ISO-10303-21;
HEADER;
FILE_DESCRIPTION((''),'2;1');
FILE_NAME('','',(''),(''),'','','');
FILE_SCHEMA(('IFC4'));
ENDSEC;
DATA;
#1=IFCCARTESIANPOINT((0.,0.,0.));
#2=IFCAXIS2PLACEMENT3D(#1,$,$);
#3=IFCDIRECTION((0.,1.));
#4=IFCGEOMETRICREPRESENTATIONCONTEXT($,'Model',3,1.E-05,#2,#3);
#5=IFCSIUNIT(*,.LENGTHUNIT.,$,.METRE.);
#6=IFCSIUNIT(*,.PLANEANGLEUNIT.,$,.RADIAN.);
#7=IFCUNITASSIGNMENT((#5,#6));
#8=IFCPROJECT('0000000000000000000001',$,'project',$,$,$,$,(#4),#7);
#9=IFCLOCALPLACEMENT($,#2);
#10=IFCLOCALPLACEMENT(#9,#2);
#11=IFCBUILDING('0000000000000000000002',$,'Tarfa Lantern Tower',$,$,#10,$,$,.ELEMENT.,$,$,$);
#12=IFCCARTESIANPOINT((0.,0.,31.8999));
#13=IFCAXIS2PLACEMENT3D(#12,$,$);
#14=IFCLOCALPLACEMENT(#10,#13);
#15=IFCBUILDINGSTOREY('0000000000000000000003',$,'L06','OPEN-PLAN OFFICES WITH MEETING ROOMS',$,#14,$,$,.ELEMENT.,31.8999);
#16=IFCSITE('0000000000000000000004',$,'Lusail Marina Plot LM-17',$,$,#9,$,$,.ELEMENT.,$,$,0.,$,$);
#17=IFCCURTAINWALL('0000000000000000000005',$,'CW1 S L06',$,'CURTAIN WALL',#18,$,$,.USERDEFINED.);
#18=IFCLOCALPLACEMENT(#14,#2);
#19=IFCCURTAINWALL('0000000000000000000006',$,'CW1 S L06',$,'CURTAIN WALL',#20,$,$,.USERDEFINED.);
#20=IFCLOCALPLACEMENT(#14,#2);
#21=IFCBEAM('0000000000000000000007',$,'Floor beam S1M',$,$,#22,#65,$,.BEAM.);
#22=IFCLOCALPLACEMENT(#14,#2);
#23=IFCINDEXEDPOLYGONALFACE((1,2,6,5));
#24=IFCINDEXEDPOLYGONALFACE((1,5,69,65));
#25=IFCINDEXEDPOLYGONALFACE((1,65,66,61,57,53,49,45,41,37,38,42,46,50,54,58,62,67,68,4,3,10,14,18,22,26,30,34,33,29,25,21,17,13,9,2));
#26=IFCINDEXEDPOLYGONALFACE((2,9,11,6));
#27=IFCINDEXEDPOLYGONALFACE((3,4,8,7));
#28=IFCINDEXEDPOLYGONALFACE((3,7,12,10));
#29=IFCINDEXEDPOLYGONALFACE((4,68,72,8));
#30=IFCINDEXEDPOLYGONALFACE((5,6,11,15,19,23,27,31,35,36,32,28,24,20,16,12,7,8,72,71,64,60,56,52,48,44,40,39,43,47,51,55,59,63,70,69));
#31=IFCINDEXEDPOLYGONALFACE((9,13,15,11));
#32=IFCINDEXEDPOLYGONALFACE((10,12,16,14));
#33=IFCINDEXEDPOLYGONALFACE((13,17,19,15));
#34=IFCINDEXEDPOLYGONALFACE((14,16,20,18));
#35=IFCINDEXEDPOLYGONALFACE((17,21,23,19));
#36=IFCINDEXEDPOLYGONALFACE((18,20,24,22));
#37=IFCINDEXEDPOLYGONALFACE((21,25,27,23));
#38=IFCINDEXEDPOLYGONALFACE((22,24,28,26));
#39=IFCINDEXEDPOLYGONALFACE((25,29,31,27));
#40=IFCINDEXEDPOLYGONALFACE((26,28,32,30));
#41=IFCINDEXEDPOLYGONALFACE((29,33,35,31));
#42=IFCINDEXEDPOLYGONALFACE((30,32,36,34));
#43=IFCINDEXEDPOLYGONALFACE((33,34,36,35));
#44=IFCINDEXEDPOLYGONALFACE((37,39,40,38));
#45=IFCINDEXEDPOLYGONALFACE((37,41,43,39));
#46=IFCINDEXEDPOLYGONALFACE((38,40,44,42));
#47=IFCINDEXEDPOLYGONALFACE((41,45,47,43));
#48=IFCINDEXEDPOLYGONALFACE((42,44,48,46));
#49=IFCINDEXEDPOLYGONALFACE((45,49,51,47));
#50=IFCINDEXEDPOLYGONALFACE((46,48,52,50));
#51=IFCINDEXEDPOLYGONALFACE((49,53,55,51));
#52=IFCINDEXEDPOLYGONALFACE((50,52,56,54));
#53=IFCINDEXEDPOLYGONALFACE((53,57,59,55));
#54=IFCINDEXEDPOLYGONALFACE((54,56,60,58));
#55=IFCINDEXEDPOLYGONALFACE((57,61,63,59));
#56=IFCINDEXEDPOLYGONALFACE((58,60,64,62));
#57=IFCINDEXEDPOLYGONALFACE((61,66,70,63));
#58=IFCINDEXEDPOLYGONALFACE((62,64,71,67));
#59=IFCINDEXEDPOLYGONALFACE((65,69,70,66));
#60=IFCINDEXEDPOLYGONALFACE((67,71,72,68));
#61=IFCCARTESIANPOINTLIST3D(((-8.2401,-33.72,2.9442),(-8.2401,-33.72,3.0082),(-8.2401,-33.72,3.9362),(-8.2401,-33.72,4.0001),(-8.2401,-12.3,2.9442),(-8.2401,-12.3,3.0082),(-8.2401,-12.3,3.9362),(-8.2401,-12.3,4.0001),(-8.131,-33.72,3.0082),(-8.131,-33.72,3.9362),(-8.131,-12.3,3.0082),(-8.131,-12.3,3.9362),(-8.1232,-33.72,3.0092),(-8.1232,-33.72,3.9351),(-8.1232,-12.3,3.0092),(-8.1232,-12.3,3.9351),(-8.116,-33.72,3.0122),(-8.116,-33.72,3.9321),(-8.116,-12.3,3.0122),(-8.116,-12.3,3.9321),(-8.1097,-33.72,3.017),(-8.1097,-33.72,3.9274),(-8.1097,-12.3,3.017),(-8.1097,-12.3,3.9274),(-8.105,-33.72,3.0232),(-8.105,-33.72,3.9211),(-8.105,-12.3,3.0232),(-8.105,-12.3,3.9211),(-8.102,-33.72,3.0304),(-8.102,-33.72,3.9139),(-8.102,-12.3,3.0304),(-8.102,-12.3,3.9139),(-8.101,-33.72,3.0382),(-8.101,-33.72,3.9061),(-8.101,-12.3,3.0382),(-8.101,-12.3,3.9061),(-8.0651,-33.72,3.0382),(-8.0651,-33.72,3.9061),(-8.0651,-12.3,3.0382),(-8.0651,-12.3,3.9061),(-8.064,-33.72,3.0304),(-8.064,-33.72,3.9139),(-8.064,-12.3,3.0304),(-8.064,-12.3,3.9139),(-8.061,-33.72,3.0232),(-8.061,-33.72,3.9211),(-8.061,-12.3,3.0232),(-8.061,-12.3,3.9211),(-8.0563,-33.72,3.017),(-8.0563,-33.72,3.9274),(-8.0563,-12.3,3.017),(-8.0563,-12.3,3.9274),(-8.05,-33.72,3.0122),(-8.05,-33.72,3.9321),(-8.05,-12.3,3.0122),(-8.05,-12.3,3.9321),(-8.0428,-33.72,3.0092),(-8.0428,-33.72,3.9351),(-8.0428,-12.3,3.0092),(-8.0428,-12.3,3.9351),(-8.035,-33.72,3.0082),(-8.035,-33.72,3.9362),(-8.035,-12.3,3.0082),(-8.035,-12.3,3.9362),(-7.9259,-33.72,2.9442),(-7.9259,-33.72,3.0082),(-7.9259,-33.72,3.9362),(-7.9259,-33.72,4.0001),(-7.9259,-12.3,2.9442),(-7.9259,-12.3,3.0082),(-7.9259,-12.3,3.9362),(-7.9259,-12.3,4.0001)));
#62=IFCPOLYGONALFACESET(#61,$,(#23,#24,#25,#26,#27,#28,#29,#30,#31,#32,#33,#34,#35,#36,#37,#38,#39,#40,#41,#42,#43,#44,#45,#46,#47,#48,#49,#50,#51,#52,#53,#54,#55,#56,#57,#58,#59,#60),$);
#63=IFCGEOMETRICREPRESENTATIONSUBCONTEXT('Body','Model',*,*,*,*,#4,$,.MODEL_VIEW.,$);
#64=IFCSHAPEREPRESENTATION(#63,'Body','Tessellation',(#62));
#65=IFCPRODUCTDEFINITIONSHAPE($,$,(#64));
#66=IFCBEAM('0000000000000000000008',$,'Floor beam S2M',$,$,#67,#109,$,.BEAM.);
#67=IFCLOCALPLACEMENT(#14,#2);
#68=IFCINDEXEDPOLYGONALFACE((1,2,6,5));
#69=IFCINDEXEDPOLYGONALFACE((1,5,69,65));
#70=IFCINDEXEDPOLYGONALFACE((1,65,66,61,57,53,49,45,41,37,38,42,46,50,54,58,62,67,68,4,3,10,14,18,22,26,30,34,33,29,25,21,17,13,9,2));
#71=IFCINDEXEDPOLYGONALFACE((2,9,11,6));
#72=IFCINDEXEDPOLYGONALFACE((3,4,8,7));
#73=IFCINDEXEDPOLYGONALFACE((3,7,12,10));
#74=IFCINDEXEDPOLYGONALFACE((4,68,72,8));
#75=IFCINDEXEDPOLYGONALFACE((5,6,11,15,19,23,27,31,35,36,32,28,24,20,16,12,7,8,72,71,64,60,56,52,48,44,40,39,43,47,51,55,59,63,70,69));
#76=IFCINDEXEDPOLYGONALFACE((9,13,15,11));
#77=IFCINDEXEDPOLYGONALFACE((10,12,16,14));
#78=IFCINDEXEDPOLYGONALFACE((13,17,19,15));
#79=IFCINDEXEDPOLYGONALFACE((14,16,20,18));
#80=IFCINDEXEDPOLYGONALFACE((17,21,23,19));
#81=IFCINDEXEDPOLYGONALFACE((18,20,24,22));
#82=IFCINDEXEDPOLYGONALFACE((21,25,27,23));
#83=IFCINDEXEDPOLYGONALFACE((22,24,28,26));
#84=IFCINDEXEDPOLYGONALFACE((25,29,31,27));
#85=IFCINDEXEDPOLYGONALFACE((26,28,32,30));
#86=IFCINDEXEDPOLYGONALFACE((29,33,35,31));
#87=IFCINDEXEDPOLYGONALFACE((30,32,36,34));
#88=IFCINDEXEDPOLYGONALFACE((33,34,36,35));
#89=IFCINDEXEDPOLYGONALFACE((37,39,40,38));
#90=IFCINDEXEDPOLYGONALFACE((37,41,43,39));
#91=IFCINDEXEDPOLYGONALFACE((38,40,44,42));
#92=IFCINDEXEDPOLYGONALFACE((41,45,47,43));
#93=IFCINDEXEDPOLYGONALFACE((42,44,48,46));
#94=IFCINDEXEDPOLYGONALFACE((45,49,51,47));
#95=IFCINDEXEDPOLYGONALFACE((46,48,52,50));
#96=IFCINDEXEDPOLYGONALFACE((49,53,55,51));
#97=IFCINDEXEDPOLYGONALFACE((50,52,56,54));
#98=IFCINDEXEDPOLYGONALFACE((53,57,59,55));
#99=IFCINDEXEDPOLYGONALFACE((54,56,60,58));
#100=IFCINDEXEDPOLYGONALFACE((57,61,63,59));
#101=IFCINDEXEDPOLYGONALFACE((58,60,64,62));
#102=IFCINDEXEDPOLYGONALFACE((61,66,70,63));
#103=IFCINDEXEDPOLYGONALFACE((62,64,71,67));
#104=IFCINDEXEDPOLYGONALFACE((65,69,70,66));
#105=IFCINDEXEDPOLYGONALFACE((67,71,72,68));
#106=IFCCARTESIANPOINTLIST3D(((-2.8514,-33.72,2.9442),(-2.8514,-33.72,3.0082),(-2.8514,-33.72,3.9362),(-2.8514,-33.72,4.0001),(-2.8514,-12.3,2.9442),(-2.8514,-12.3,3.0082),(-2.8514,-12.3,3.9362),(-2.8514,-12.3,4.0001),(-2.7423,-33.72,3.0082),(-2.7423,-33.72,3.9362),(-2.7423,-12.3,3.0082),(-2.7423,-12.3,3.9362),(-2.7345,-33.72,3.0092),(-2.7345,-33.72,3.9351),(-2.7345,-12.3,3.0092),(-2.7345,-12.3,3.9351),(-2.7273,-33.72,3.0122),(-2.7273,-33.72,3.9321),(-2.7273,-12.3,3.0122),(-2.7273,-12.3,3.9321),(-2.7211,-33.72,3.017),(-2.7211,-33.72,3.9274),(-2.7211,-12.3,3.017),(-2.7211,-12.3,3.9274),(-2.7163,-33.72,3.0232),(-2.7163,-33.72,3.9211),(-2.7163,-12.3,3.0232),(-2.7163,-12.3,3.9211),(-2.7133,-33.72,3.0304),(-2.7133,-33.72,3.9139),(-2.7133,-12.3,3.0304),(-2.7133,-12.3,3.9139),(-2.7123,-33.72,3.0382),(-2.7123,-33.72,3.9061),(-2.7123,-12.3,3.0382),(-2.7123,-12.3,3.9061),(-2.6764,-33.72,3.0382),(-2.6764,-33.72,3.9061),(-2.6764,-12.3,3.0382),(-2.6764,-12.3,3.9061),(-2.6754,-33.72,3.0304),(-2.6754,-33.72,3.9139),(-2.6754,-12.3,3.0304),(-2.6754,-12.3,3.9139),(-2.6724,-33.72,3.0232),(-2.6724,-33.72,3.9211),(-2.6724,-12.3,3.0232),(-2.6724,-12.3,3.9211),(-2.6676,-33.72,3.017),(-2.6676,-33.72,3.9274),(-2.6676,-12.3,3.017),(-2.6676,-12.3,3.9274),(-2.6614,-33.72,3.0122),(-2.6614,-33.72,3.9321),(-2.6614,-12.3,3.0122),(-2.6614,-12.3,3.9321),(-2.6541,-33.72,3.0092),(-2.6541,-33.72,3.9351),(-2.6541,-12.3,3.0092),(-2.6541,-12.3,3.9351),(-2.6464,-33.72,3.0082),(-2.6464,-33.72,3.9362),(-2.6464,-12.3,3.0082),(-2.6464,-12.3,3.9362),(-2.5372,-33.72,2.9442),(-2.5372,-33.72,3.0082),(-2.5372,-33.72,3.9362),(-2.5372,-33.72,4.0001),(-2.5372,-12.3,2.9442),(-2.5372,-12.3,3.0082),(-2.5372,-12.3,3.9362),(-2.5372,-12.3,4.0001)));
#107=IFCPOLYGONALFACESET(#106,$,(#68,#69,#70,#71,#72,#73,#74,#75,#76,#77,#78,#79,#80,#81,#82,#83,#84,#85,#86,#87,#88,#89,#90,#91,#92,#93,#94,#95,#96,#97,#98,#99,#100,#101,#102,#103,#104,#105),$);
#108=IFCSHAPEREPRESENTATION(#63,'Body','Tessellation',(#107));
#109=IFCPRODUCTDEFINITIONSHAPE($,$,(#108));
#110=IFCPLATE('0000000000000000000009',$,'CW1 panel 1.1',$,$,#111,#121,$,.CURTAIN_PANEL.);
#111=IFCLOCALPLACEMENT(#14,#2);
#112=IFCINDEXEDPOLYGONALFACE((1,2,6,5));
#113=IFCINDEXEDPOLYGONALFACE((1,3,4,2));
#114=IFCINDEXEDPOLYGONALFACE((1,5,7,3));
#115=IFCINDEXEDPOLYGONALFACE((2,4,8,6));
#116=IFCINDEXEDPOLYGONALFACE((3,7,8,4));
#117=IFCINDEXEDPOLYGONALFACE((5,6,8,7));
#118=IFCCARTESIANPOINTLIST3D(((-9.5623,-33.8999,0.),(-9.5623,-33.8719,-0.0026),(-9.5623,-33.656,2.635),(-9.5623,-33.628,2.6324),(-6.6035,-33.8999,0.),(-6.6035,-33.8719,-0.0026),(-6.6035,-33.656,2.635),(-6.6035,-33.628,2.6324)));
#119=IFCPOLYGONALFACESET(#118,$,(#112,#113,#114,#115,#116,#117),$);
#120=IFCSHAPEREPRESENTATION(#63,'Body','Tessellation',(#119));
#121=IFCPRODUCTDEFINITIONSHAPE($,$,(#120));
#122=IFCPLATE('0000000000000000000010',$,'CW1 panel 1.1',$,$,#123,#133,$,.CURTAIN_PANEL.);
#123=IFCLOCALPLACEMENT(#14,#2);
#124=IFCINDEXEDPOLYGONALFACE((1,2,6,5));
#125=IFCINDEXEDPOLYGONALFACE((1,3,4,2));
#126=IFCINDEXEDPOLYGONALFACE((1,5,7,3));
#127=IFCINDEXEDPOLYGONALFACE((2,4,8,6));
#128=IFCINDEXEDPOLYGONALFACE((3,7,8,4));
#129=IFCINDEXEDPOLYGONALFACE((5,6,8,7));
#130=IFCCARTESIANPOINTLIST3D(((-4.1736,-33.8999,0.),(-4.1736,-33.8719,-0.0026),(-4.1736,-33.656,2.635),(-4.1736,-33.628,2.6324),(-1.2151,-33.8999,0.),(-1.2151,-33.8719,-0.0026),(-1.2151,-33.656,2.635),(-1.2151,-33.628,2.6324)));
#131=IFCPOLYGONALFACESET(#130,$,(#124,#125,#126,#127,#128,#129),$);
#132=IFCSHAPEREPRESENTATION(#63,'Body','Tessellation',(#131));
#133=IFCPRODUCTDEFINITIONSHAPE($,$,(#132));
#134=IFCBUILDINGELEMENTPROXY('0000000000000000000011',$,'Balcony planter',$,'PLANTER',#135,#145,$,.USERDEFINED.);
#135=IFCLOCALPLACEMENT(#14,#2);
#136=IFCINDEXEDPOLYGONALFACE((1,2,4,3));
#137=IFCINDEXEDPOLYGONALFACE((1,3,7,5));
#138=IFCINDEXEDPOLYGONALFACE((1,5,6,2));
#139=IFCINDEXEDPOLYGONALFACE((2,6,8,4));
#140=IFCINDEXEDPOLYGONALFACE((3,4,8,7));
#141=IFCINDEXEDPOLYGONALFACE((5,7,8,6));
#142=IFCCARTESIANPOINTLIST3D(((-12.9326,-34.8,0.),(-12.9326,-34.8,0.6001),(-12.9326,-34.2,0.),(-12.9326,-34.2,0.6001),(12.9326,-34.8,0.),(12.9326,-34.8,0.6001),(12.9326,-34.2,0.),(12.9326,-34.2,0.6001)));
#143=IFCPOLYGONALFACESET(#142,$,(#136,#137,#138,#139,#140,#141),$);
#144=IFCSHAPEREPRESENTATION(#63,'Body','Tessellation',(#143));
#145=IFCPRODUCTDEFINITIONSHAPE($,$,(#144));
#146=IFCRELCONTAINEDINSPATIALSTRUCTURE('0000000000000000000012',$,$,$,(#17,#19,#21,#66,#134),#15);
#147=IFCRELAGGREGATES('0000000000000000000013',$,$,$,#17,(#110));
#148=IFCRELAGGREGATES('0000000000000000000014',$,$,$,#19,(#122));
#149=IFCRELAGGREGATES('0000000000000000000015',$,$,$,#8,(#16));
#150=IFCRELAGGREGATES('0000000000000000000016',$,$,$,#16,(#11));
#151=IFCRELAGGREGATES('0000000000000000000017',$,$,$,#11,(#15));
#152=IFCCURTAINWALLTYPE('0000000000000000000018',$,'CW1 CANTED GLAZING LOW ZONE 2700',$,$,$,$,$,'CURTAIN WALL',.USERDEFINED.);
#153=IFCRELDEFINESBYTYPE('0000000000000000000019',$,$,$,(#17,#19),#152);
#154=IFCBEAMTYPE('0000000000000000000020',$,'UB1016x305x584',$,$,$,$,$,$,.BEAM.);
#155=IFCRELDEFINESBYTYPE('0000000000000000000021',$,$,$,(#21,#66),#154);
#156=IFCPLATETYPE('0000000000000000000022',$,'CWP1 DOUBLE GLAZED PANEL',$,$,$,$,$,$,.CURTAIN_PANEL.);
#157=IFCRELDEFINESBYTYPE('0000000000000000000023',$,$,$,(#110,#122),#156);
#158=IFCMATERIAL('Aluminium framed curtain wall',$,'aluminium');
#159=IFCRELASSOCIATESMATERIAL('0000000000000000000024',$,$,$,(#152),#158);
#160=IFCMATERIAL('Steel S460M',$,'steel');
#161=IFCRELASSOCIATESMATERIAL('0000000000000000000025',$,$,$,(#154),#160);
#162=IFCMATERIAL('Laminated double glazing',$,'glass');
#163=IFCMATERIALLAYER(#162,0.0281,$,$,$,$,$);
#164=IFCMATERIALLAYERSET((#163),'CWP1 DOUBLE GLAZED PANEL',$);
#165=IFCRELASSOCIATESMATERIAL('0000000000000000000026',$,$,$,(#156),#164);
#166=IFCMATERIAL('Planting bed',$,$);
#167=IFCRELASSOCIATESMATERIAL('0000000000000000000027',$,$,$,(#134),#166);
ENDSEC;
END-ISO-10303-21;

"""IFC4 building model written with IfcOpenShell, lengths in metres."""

from ifc_helpers import new_model, si_unit, direction, frame, origin, origin_2d, place, context, subcontext, project, spatial, polyline, rectangle, i_section, outline, extrude, material, layer, layer_set, material_profile, profile_set, type_object, element, aggregate, save


model = new_model("IFC4")

# Units and contexts
model_context = context("Model", 3, precision=1e-05, world=origin(), true_north=direction((0.0, 1.0)))
body_context = subcontext(model_context, "Body", "Model", "MODEL_VIEW")
ifc_project = project(units=[si_unit("LENGTHUNIT", "METRE"), si_unit("PLANEANGLEUNIT", "RADIAN")], contexts=[model_context])

# Site, building, storey
site_placement = place(None, origin())
site = spatial("IfcSite", under=ifc_project, at=site_placement, Name="Lusail Marina Plot LM-17", CompositionType="ELEMENT", RefElevation=0.0)
building_placement = place(site_placement, origin())
building = spatial("IfcBuilding", under=site, at=building_placement, Name="Tarfa Lantern Tower", CompositionType="ELEMENT")
storey_placement = place(building_placement, frame((0.0, 0.0, 31.8999)))
storey = spatial("IfcBuildingStorey", under=building, at=storey_placement, Name="L06", Description="OPEN-PLAN OFFICES WITH MEETING ROOMS", CompositionType="ELEMENT", Elevation=31.8999)

# Shared definitions
ifc_material_1 = material(Name="Aluminium framed curtain wall", Category="aluminium")
curtain_wall_type = type_object("IfcCurtainWallType", Name="CW1 CANTED GLAZING LOW ZONE 2700", ElementType="CURTAIN WALL", PredefinedType="USERDEFINED", material=ifc_material_1)

# Curtain walls
curtain_wall_1_placement = place(storey_placement, origin())
curtain_wall_1 = element("IfcCurtainWall", 1, at=curtain_wall_1_placement, inside=storey, type_object=curtain_wall_type, Name="CW1 S L06", ObjectType="CURTAIN WALL", PredefinedType="USERDEFINED")
curtain_wall_2_placement = place(storey_placement, origin())
curtain_wall_2 = element("IfcCurtainWall", 2, at=curtain_wall_2_placement, inside=storey, type_object=curtain_wall_type, Name="CW1 S L06", ObjectType="CURTAIN WALL", PredefinedType="USERDEFINED")

# Beams
ifc_material_2 = material(Name="Steel S460M", Category="steel")
ifc_material_profile_1 = material_profile(ifc_material_2, i_section(OverallWidth=0.3142, OverallDepth=1.0559, WebThickness=0.0359, FlangeThickness=0.064, FilletRadius=0.03, at=origin_2d()), Name="UB1016x305x584")
ifc_profile_set_1 = profile_set([ifc_material_profile_1], Name="Steel S460M")
beam_type_1 = type_object("IfcBeamType", Name="UB1016x305x584", PredefinedType="BEAM", material=ifc_profile_set_1)
for number, where, z_axis, x_axis, name in (
    (3, (-8.083, -33.72, 3.4722), (0.0, 1.0, 0.0), (-1.0, 0.0, 0.0), "Floor beam S1M"),
    (4, (-2.6943, -33.72, 3.4722), (0.0, 1.0, 0.0), (-1.0, 0.0, 0.0), "Floor beam S2M"),
):
    element("IfcBeam", number, at=place(storey_placement, frame(where, z_axis=z_axis, x_axis=x_axis)), inside=storey, type_object=beam_type_1, Name=name, PredefinedType="BEAM", context=body_context, shape_type="SweptSolid", body=[
        extrude(i_section(OverallWidth=0.3142, OverallDepth=1.0559, WebThickness=0.0359, FlangeThickness=0.064, FilletRadius=0.03, at=origin_2d()), origin(), (0.0, 0.0, 1.0), 21.4199),
    ])

# Plates
ifc_material_3 = material(Name="Laminated double glazing", Category="glass")
ifc_layer = layer(ifc_material_3, 0.0281)
ifc_layer_set = layer_set([ifc_layer], Name="CWP1 DOUBLE GLAZED PANEL")
plate_type = type_object("IfcPlateType", Name="CWP1 DOUBLE GLAZED PANEL", PredefinedType="CURTAIN_PANEL", material=ifc_layer_set)
plate_1_placement = place(storey_placement, frame((-9.5623, -33.8999, 0.0), z_axis=(0.0, -0.995744, 0.092166), x_axis=(1.0, 0.0, 0.0)))
plate_1 = element("IfcPlate", 5, at=plate_1_placement, type_object=plate_type, Name="CW1 panel 1.1", PredefinedType="CURTAIN_PANEL", context=body_context, shape_type="SweptSolid", body=[
    extrude(outline(polyline([(0.0, 0.0), (2.9587, 0.0), (2.9587, 2.6463), (0.0, 2.6463), (0.0, 0.0)])), origin(), (0.0, 0.0, -1.0), 0.0281),
])
aggregate(curtain_wall_1, [plate_1])
plate_2_placement = place(storey_placement, frame((-4.1736, -33.8999, 0.0), z_axis=(0.0, -0.995744, 0.092166), x_axis=(1.0, 0.0, 0.0)))
plate_2 = element("IfcPlate", 6, at=plate_2_placement, type_object=plate_type, Name="CW1 panel 1.1", PredefinedType="CURTAIN_PANEL", context=body_context, shape_type="SweptSolid", body=[
    extrude(outline(polyline([(0.0, 0.0), (2.9585, 0.0), (2.9585, 2.6463), (0.0, 2.6463), (0.0, 0.0)])), origin(), (0.0, 0.0, -1.0), 0.0281),
])
aggregate(curtain_wall_2, [plate_2])

# Building element proxy
ifc_material_4 = material(Name="Planting bed")
proxy_placement = place(storey_placement, frame((0.0, -34.5, 0.0), z_axis=(0.0, 0.0, 1.0), x_axis=(1.0, 0.0, 0.0)))
element("IfcBuildingElementProxy", 7, at=proxy_placement, inside=storey, material=ifc_material_4, Name="Balcony planter", ObjectType="PLANTER", PredefinedType="USERDEFINED", context=body_context, shape_type="SweptSolid", body=[
    extrude(rectangle(XDim=25.8652, YDim=0.6001, at=origin_2d()), origin(), (0.0, 0.0, 1.0), 0.6001),
])

save(model, "model.ifc")
